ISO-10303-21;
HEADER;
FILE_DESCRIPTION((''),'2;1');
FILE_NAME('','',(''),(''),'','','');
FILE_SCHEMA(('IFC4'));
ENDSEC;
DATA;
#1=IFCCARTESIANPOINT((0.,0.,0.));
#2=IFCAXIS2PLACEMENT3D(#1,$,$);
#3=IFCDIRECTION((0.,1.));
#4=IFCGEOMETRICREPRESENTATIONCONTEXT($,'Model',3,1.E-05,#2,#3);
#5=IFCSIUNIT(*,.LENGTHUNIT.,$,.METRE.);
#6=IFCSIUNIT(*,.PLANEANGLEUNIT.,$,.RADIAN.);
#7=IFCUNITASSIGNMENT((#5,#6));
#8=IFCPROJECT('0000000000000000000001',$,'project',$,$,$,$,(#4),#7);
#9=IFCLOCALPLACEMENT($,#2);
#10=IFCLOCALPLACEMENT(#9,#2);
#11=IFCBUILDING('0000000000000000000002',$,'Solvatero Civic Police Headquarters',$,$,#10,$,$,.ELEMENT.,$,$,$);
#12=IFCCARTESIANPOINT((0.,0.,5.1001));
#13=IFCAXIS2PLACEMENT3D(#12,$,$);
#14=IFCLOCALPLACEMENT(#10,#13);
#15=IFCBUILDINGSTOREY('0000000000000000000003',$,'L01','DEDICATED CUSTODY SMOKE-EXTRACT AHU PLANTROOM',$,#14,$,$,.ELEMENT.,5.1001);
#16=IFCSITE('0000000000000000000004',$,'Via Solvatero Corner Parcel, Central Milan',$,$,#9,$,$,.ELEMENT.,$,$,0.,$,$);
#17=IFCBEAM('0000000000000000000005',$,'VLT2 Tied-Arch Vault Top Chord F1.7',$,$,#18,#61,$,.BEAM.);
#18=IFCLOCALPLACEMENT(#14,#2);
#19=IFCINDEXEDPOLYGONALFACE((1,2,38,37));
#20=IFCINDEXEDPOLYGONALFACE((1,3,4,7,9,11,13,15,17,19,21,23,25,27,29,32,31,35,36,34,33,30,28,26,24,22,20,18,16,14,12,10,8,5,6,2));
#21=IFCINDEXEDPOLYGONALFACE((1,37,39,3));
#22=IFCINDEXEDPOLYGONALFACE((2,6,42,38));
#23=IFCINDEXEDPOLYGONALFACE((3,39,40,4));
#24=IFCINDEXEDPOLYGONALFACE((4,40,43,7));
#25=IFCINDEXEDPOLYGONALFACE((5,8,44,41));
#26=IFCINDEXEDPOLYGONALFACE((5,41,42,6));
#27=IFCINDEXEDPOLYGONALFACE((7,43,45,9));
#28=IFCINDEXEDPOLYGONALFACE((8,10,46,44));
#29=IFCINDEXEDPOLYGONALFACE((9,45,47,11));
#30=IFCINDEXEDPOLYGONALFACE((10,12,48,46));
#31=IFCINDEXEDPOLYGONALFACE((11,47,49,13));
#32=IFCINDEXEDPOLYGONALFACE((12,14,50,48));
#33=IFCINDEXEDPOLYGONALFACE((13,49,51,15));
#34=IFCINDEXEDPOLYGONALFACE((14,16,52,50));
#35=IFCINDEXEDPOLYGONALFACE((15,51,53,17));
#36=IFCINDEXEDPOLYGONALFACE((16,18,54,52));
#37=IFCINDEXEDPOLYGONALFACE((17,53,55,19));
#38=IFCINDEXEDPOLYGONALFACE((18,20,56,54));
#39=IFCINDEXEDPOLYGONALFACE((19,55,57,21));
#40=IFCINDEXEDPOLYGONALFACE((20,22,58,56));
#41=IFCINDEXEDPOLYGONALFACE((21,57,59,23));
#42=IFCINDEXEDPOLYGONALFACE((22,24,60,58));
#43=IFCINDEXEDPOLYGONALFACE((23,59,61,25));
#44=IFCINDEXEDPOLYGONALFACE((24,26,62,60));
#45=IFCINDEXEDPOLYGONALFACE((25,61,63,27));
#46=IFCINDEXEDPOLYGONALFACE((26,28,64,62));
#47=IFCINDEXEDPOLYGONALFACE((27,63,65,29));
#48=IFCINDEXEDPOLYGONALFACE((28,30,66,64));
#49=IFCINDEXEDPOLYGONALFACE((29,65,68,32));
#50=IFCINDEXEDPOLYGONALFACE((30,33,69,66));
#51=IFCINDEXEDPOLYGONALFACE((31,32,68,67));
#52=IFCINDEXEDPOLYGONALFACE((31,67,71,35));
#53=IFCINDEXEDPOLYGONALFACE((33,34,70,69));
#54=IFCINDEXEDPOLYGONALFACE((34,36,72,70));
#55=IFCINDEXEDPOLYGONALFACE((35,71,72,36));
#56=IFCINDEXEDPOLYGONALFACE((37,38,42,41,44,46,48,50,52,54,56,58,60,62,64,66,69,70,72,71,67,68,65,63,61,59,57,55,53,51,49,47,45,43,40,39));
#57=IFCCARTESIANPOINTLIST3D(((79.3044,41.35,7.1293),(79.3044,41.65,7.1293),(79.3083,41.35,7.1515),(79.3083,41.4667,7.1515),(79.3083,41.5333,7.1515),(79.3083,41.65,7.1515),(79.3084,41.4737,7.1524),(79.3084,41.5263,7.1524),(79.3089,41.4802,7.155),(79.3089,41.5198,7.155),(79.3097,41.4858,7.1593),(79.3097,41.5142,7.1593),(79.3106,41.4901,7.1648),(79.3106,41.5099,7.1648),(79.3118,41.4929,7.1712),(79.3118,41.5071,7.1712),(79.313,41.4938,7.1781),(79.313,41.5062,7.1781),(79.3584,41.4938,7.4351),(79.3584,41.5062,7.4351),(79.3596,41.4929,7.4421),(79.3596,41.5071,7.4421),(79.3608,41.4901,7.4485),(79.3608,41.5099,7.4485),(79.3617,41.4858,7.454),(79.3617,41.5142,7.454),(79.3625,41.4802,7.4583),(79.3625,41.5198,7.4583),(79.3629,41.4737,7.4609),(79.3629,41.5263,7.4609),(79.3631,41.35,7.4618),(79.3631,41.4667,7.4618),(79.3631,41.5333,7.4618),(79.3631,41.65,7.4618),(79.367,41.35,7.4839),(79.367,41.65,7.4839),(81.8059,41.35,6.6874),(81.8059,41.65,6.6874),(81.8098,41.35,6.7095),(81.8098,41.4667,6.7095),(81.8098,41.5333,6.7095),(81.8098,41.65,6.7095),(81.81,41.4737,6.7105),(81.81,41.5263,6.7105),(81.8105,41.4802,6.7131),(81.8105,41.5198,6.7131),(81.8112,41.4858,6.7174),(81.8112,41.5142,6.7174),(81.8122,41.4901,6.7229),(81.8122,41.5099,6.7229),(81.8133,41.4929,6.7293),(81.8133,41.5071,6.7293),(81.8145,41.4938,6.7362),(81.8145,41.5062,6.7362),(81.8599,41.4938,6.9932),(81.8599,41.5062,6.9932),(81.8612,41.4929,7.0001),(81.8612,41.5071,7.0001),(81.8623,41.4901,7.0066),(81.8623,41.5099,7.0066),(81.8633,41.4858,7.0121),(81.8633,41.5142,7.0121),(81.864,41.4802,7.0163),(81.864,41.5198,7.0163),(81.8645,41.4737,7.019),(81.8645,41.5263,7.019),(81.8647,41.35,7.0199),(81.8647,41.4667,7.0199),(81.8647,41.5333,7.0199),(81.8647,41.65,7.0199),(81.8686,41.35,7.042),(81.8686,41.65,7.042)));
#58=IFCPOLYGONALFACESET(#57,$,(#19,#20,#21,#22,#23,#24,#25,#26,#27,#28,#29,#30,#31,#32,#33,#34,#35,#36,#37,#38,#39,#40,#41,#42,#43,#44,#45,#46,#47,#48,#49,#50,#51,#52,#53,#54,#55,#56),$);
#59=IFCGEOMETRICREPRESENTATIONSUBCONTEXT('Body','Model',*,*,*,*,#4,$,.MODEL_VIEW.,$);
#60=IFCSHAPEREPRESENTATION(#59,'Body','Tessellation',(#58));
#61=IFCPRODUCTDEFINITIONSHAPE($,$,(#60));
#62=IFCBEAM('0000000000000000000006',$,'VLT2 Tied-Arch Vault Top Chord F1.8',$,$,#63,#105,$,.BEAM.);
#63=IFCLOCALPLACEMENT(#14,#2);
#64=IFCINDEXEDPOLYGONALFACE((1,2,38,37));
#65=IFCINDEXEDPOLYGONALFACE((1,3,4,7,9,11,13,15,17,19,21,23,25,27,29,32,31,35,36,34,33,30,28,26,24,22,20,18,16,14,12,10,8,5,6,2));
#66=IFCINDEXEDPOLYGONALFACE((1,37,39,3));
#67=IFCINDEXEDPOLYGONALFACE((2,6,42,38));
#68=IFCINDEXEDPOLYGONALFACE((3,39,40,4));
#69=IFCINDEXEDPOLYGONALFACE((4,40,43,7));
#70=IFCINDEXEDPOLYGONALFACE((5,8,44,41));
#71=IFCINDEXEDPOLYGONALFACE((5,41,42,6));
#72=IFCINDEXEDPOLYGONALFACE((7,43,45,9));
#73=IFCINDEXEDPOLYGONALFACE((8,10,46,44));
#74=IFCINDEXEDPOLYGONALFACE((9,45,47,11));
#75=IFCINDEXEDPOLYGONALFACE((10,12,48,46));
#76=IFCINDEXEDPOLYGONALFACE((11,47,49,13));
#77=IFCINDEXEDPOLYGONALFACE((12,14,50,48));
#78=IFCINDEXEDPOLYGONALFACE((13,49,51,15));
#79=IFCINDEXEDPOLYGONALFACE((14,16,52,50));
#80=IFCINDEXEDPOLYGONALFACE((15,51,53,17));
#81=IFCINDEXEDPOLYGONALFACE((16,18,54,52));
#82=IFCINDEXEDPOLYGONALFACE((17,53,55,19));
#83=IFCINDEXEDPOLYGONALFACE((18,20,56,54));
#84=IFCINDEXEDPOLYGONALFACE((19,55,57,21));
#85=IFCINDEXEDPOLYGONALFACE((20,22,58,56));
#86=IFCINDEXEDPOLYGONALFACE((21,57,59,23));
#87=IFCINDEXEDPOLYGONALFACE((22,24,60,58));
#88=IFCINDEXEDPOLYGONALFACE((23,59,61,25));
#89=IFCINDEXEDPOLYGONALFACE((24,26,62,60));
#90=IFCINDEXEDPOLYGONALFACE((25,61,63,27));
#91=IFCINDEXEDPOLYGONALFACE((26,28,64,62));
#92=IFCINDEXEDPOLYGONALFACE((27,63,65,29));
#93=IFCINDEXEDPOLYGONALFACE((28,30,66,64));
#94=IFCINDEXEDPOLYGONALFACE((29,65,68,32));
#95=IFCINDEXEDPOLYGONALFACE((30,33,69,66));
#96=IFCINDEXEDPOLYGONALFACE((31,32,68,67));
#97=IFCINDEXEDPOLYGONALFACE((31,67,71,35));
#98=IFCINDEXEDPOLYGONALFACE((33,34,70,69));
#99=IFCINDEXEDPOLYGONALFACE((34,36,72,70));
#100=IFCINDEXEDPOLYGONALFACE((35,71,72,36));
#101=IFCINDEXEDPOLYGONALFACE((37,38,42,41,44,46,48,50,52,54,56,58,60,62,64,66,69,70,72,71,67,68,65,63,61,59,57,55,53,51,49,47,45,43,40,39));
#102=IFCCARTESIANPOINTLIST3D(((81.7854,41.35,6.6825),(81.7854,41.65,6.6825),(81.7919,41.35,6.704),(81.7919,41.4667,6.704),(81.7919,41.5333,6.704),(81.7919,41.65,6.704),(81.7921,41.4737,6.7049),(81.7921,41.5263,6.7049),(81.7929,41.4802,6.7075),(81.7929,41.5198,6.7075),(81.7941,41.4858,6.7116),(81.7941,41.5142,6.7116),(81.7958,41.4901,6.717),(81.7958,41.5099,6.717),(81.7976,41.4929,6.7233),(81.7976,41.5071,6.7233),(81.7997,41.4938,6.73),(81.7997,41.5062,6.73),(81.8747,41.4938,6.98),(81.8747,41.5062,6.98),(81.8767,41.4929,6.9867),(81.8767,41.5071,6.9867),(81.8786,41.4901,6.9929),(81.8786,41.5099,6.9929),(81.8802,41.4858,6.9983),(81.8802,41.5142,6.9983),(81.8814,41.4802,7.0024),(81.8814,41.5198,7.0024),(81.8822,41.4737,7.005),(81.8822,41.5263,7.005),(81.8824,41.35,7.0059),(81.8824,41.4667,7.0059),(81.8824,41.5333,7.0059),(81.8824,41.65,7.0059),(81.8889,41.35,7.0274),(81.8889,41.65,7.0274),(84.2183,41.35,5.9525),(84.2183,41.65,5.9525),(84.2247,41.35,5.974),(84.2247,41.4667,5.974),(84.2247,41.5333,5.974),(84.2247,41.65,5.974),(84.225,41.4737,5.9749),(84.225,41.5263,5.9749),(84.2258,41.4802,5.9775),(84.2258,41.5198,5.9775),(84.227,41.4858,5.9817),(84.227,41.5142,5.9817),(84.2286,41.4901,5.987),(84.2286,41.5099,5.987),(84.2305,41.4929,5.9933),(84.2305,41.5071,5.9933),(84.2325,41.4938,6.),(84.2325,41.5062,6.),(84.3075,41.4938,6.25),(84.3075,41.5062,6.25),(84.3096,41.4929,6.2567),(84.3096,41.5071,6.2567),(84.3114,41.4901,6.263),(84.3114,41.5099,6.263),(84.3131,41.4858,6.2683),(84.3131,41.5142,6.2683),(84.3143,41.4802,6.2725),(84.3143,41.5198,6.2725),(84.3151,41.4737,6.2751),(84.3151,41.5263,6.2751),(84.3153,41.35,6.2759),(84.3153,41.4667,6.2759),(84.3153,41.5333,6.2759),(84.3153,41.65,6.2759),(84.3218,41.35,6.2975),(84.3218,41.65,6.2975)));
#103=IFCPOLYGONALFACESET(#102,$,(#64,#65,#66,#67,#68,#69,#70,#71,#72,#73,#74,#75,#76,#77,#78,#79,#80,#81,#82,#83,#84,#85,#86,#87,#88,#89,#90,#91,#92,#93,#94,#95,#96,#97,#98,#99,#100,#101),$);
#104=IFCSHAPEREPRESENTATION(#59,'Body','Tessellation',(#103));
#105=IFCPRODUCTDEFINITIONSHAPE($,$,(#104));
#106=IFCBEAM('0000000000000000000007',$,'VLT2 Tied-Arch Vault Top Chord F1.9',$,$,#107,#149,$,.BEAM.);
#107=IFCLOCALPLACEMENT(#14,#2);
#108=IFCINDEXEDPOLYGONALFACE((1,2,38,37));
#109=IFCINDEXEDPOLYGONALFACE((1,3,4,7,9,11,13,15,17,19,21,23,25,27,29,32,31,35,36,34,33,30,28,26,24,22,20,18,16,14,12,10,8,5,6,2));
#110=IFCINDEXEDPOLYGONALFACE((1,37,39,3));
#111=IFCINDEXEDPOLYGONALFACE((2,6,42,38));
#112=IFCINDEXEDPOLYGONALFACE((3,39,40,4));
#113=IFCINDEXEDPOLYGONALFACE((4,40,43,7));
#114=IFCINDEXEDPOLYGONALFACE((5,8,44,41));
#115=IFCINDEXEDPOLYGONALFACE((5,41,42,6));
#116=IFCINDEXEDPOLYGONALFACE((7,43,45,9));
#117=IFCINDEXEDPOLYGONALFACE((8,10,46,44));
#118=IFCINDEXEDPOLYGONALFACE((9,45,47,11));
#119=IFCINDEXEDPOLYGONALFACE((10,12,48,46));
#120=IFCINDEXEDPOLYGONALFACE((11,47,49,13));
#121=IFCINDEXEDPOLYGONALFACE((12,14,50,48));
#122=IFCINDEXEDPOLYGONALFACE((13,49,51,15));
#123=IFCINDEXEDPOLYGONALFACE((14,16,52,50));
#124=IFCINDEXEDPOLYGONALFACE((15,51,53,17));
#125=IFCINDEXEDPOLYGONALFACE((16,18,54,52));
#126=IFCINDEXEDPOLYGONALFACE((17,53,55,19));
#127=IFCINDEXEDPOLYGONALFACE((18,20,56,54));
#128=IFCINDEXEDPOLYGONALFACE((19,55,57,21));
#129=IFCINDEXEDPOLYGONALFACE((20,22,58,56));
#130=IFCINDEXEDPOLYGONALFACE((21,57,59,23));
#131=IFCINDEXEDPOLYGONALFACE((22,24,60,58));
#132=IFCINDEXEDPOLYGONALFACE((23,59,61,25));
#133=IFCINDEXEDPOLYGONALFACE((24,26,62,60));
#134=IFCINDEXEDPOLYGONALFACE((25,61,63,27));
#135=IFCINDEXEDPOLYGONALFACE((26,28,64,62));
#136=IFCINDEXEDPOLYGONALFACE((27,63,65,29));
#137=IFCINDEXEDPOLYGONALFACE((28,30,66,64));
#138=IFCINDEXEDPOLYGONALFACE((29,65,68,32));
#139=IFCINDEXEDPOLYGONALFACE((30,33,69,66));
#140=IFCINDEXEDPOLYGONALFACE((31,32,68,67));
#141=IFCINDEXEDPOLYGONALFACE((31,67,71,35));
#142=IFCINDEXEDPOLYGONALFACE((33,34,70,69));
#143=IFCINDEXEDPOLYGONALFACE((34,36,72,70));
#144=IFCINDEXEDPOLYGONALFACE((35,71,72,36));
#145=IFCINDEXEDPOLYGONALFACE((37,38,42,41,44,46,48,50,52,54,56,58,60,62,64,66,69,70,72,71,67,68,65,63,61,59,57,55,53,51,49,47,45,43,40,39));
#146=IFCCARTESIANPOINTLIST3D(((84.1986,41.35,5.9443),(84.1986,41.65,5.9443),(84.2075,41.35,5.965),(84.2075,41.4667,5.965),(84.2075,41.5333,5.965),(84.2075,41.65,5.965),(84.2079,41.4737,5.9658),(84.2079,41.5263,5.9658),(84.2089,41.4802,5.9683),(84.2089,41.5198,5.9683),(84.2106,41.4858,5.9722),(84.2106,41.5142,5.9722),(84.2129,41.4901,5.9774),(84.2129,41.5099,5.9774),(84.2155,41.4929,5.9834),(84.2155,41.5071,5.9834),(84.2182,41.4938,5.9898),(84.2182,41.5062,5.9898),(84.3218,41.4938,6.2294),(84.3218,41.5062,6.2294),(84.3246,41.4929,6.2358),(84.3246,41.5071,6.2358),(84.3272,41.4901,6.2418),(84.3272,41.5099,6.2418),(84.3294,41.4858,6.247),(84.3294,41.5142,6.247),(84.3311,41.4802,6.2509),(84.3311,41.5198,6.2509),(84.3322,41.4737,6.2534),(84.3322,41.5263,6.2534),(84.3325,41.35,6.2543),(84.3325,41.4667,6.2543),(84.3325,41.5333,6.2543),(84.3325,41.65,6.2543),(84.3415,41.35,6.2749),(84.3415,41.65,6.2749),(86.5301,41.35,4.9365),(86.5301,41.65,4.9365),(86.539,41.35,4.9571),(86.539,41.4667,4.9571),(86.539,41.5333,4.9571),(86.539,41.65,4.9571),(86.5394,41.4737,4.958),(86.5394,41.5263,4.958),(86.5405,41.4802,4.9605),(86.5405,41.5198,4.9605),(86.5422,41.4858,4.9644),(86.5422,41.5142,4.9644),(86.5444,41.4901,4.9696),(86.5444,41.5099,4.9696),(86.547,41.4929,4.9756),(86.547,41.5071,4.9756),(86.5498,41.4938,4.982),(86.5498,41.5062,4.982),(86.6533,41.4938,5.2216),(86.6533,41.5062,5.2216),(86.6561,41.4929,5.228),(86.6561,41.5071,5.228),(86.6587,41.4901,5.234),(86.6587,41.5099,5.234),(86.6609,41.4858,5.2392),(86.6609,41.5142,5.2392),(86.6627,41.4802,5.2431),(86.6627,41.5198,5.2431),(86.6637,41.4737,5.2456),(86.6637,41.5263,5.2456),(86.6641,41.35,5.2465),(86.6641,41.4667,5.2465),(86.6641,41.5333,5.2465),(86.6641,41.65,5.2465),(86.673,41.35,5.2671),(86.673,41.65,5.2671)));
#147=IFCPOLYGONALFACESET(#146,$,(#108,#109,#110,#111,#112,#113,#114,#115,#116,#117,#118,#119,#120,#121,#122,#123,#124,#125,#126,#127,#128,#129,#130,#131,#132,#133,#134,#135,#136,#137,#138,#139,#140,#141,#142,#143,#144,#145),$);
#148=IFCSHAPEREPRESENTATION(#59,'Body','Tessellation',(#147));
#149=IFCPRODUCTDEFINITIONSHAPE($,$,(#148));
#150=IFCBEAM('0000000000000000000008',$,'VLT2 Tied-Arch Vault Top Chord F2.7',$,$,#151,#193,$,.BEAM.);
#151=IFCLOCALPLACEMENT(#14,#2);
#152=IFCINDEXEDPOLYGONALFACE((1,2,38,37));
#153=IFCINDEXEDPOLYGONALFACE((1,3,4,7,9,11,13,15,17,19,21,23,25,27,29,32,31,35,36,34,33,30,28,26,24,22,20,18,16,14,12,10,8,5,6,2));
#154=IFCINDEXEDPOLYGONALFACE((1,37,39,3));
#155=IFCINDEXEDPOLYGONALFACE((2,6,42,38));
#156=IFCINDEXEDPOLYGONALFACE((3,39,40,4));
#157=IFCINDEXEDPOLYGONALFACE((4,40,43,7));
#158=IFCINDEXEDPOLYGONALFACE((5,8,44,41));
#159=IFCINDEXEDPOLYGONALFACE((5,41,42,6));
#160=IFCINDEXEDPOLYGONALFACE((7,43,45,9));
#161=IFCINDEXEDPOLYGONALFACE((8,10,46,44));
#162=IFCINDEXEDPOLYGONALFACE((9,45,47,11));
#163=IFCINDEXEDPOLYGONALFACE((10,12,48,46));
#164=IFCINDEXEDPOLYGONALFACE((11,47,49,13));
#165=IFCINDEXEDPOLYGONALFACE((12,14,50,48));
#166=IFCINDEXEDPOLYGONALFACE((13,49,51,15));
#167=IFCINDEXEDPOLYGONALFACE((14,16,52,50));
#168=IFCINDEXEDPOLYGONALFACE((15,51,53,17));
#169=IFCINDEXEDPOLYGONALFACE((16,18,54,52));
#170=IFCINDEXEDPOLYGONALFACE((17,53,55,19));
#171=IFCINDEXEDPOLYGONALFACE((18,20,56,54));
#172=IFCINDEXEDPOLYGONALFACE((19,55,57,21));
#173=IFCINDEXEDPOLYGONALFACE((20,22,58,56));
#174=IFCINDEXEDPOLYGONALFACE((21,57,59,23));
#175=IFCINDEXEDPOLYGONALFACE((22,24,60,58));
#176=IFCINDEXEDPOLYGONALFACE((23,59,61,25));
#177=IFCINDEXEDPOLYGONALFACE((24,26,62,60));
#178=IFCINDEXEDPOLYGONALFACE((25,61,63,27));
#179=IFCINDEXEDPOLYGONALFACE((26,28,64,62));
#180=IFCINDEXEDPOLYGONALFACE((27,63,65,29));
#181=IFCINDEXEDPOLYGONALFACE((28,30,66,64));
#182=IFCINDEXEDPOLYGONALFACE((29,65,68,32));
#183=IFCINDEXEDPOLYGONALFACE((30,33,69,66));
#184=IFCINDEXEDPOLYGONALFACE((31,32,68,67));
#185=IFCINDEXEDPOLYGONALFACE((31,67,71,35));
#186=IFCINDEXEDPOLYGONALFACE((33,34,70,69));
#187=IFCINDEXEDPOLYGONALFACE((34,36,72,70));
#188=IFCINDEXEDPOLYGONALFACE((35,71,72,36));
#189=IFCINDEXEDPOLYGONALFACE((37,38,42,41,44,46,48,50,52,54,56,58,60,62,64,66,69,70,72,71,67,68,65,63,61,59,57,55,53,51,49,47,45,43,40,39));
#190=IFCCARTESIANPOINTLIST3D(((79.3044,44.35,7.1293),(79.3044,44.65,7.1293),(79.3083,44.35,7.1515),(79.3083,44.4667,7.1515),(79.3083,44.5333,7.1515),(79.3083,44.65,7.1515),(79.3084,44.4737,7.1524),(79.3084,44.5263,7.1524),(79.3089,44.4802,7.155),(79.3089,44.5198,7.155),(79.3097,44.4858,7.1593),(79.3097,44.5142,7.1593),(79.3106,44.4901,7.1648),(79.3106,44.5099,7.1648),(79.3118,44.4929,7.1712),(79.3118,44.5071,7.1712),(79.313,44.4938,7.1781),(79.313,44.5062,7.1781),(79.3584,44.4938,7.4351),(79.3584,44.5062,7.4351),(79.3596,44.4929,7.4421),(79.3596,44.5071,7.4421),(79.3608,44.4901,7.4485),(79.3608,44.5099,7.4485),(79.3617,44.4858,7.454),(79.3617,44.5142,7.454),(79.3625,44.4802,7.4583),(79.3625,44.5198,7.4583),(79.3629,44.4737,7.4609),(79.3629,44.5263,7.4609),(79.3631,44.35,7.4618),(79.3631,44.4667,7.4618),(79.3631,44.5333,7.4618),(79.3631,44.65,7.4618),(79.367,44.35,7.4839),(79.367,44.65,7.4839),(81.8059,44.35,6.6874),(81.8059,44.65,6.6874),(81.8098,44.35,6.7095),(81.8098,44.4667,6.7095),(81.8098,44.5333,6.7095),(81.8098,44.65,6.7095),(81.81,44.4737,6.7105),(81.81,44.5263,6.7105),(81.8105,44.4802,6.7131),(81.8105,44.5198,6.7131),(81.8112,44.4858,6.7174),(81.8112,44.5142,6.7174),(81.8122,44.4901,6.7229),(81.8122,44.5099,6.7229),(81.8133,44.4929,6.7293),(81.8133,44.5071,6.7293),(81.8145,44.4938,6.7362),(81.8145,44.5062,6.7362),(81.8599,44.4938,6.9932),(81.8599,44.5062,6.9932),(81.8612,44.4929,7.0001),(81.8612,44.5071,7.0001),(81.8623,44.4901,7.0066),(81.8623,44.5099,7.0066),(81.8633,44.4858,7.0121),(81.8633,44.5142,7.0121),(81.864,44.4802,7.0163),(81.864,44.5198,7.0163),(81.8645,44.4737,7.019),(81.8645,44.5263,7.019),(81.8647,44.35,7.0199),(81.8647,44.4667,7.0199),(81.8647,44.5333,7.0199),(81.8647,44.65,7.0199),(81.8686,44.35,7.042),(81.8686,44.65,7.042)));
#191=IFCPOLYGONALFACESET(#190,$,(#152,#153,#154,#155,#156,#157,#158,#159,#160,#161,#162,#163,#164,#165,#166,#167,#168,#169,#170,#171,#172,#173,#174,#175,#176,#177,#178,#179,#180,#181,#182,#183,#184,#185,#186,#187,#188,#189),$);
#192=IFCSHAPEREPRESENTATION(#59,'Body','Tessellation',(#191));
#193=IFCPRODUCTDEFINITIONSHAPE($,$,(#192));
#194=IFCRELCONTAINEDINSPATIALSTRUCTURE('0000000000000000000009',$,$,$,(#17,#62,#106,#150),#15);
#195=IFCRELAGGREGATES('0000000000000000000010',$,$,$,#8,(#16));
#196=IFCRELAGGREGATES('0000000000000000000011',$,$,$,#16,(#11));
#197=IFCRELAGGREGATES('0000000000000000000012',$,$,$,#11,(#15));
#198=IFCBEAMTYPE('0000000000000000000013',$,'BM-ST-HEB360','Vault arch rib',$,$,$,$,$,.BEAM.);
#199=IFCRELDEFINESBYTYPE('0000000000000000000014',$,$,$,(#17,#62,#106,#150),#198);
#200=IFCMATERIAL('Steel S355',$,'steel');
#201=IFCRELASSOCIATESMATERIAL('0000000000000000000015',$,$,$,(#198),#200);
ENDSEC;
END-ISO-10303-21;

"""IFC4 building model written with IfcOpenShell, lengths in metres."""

from ifc_helpers import new_model, si_unit, direction, frame, origin, origin_2d, place, context, subcontext, project, spatial, i_section, extrude, material, material_profile, profile_set, type_object, element, save


model = new_model("IFC4")

# Units and contexts
model_context = context("Model", 3, precision=1e-05, world=origin(), true_north=direction((0.0, 1.0)))
body_context = subcontext(model_context, "Body", "Model", "MODEL_VIEW")
ifc_project = project(units=[si_unit("LENGTHUNIT", "METRE"), si_unit("PLANEANGLEUNIT", "RADIAN")], contexts=[model_context])

# Site, building, storey
site_placement = place(None, origin())
site = spatial("IfcSite", under=ifc_project, at=site_placement, Name="Via Solvatero Corner Parcel, Central Milan", CompositionType="ELEMENT", RefElevation=0.0)
building_placement = place(site_placement, origin())
building = spatial("IfcBuilding", under=site, at=building_placement, Name="Solvatero Civic Police Headquarters", CompositionType="ELEMENT")
storey_placement = place(building_placement, frame((0.0, 0.0, 5.1001)))
storey = spatial("IfcBuildingStorey", under=building, at=storey_placement, Name="L01", Description="DEDICATED CUSTODY SMOKE-EXTRACT AHU PLANTROOM", CompositionType="ELEMENT", Elevation=5.1001)

# Beams
ifc_material_1 = material(Name="Steel S355", Category="steel")
ifc_material_profile_1 = material_profile(ifc_material_1, i_section(OverallWidth=0.3, OverallDepth=0.3601, WebThickness=0.0125, FlangeThickness=0.0225, FilletRadius=0.0271, at=origin_2d()), Name="HEB 360")
ifc_profile_set_1 = profile_set([ifc_material_profile_1], Name="Steel S355")
beam_type_1 = type_object("IfcBeamType", Name="BM-ST-HEB360", Description="Vault arch rib", PredefinedType="BEAM", material=ifc_profile_set_1)
beam_1_placement = place(storey_placement, frame((79.3357, 41.5, 7.3066), z_axis=(0.984753, 0.0, -0.173961), x_axis=(0.0, 1.0, 0.0)))
element("IfcBeam", 1, at=beam_1_placement, inside=storey, type_object=beam_type_1, Name="VLT2 Tied-Arch Vault Top Chord F1.7", PredefinedType="BEAM", context=body_context, shape_type="SweptSolid", body=[
    extrude(i_section(OverallWidth=0.3, OverallDepth=0.3601, WebThickness=0.0125, FlangeThickness=0.0225, FilletRadius=0.0271, at=origin_2d()), origin(), (0.0, 0.0, 1.0), 2.5403),
])
for number, where, z_axis, x_axis, name in (
    (2, (81.8372, 41.5, 6.855), (0.957813, 0.0, -0.287392), (0.0, 1.0, 0.0), "VLT2 Tied-Arch Vault Top Chord F1.8"),
    (3, (84.27, 41.5, 6.1096), (0.917918, 0.0, -0.396771), (0.0, 1.0, 0.0), "VLT2 Tied-Arch Vault Top Chord F1.9"),
):
    element("IfcBeam", number, at=place(storey_placement, frame(where, z_axis=z_axis, x_axis=x_axis)), inside=storey, type_object=beam_type_1, Name=name, PredefinedType="BEAM", context=body_context, shape_type="SweptSolid", body=[
        extrude(i_section(OverallWidth=0.3, OverallDepth=0.3601, WebThickness=0.0125, FlangeThickness=0.0225, FilletRadius=0.0271, at=origin_2d()), origin(), (0.0, 0.0, 1.0), 2.54),
    ])
beam_2_placement = place(storey_placement, frame((79.3357, 44.5, 7.3066), z_axis=(0.984753, 0.0, -0.173961), x_axis=(0.0, 1.0, 0.0)))
element("IfcBeam", 4, at=beam_2_placement, inside=storey, type_object=beam_type_1, Name="VLT2 Tied-Arch Vault Top Chord F2.7", PredefinedType="BEAM", context=body_context, shape_type="SweptSolid", body=[
    extrude(i_section(OverallWidth=0.3, OverallDepth=0.3601, WebThickness=0.0125, FlangeThickness=0.0225, FilletRadius=0.0271, at=origin_2d()), origin(), (0.0, 0.0, 1.0), 2.5403),
])

save(model, "model.ifc")
